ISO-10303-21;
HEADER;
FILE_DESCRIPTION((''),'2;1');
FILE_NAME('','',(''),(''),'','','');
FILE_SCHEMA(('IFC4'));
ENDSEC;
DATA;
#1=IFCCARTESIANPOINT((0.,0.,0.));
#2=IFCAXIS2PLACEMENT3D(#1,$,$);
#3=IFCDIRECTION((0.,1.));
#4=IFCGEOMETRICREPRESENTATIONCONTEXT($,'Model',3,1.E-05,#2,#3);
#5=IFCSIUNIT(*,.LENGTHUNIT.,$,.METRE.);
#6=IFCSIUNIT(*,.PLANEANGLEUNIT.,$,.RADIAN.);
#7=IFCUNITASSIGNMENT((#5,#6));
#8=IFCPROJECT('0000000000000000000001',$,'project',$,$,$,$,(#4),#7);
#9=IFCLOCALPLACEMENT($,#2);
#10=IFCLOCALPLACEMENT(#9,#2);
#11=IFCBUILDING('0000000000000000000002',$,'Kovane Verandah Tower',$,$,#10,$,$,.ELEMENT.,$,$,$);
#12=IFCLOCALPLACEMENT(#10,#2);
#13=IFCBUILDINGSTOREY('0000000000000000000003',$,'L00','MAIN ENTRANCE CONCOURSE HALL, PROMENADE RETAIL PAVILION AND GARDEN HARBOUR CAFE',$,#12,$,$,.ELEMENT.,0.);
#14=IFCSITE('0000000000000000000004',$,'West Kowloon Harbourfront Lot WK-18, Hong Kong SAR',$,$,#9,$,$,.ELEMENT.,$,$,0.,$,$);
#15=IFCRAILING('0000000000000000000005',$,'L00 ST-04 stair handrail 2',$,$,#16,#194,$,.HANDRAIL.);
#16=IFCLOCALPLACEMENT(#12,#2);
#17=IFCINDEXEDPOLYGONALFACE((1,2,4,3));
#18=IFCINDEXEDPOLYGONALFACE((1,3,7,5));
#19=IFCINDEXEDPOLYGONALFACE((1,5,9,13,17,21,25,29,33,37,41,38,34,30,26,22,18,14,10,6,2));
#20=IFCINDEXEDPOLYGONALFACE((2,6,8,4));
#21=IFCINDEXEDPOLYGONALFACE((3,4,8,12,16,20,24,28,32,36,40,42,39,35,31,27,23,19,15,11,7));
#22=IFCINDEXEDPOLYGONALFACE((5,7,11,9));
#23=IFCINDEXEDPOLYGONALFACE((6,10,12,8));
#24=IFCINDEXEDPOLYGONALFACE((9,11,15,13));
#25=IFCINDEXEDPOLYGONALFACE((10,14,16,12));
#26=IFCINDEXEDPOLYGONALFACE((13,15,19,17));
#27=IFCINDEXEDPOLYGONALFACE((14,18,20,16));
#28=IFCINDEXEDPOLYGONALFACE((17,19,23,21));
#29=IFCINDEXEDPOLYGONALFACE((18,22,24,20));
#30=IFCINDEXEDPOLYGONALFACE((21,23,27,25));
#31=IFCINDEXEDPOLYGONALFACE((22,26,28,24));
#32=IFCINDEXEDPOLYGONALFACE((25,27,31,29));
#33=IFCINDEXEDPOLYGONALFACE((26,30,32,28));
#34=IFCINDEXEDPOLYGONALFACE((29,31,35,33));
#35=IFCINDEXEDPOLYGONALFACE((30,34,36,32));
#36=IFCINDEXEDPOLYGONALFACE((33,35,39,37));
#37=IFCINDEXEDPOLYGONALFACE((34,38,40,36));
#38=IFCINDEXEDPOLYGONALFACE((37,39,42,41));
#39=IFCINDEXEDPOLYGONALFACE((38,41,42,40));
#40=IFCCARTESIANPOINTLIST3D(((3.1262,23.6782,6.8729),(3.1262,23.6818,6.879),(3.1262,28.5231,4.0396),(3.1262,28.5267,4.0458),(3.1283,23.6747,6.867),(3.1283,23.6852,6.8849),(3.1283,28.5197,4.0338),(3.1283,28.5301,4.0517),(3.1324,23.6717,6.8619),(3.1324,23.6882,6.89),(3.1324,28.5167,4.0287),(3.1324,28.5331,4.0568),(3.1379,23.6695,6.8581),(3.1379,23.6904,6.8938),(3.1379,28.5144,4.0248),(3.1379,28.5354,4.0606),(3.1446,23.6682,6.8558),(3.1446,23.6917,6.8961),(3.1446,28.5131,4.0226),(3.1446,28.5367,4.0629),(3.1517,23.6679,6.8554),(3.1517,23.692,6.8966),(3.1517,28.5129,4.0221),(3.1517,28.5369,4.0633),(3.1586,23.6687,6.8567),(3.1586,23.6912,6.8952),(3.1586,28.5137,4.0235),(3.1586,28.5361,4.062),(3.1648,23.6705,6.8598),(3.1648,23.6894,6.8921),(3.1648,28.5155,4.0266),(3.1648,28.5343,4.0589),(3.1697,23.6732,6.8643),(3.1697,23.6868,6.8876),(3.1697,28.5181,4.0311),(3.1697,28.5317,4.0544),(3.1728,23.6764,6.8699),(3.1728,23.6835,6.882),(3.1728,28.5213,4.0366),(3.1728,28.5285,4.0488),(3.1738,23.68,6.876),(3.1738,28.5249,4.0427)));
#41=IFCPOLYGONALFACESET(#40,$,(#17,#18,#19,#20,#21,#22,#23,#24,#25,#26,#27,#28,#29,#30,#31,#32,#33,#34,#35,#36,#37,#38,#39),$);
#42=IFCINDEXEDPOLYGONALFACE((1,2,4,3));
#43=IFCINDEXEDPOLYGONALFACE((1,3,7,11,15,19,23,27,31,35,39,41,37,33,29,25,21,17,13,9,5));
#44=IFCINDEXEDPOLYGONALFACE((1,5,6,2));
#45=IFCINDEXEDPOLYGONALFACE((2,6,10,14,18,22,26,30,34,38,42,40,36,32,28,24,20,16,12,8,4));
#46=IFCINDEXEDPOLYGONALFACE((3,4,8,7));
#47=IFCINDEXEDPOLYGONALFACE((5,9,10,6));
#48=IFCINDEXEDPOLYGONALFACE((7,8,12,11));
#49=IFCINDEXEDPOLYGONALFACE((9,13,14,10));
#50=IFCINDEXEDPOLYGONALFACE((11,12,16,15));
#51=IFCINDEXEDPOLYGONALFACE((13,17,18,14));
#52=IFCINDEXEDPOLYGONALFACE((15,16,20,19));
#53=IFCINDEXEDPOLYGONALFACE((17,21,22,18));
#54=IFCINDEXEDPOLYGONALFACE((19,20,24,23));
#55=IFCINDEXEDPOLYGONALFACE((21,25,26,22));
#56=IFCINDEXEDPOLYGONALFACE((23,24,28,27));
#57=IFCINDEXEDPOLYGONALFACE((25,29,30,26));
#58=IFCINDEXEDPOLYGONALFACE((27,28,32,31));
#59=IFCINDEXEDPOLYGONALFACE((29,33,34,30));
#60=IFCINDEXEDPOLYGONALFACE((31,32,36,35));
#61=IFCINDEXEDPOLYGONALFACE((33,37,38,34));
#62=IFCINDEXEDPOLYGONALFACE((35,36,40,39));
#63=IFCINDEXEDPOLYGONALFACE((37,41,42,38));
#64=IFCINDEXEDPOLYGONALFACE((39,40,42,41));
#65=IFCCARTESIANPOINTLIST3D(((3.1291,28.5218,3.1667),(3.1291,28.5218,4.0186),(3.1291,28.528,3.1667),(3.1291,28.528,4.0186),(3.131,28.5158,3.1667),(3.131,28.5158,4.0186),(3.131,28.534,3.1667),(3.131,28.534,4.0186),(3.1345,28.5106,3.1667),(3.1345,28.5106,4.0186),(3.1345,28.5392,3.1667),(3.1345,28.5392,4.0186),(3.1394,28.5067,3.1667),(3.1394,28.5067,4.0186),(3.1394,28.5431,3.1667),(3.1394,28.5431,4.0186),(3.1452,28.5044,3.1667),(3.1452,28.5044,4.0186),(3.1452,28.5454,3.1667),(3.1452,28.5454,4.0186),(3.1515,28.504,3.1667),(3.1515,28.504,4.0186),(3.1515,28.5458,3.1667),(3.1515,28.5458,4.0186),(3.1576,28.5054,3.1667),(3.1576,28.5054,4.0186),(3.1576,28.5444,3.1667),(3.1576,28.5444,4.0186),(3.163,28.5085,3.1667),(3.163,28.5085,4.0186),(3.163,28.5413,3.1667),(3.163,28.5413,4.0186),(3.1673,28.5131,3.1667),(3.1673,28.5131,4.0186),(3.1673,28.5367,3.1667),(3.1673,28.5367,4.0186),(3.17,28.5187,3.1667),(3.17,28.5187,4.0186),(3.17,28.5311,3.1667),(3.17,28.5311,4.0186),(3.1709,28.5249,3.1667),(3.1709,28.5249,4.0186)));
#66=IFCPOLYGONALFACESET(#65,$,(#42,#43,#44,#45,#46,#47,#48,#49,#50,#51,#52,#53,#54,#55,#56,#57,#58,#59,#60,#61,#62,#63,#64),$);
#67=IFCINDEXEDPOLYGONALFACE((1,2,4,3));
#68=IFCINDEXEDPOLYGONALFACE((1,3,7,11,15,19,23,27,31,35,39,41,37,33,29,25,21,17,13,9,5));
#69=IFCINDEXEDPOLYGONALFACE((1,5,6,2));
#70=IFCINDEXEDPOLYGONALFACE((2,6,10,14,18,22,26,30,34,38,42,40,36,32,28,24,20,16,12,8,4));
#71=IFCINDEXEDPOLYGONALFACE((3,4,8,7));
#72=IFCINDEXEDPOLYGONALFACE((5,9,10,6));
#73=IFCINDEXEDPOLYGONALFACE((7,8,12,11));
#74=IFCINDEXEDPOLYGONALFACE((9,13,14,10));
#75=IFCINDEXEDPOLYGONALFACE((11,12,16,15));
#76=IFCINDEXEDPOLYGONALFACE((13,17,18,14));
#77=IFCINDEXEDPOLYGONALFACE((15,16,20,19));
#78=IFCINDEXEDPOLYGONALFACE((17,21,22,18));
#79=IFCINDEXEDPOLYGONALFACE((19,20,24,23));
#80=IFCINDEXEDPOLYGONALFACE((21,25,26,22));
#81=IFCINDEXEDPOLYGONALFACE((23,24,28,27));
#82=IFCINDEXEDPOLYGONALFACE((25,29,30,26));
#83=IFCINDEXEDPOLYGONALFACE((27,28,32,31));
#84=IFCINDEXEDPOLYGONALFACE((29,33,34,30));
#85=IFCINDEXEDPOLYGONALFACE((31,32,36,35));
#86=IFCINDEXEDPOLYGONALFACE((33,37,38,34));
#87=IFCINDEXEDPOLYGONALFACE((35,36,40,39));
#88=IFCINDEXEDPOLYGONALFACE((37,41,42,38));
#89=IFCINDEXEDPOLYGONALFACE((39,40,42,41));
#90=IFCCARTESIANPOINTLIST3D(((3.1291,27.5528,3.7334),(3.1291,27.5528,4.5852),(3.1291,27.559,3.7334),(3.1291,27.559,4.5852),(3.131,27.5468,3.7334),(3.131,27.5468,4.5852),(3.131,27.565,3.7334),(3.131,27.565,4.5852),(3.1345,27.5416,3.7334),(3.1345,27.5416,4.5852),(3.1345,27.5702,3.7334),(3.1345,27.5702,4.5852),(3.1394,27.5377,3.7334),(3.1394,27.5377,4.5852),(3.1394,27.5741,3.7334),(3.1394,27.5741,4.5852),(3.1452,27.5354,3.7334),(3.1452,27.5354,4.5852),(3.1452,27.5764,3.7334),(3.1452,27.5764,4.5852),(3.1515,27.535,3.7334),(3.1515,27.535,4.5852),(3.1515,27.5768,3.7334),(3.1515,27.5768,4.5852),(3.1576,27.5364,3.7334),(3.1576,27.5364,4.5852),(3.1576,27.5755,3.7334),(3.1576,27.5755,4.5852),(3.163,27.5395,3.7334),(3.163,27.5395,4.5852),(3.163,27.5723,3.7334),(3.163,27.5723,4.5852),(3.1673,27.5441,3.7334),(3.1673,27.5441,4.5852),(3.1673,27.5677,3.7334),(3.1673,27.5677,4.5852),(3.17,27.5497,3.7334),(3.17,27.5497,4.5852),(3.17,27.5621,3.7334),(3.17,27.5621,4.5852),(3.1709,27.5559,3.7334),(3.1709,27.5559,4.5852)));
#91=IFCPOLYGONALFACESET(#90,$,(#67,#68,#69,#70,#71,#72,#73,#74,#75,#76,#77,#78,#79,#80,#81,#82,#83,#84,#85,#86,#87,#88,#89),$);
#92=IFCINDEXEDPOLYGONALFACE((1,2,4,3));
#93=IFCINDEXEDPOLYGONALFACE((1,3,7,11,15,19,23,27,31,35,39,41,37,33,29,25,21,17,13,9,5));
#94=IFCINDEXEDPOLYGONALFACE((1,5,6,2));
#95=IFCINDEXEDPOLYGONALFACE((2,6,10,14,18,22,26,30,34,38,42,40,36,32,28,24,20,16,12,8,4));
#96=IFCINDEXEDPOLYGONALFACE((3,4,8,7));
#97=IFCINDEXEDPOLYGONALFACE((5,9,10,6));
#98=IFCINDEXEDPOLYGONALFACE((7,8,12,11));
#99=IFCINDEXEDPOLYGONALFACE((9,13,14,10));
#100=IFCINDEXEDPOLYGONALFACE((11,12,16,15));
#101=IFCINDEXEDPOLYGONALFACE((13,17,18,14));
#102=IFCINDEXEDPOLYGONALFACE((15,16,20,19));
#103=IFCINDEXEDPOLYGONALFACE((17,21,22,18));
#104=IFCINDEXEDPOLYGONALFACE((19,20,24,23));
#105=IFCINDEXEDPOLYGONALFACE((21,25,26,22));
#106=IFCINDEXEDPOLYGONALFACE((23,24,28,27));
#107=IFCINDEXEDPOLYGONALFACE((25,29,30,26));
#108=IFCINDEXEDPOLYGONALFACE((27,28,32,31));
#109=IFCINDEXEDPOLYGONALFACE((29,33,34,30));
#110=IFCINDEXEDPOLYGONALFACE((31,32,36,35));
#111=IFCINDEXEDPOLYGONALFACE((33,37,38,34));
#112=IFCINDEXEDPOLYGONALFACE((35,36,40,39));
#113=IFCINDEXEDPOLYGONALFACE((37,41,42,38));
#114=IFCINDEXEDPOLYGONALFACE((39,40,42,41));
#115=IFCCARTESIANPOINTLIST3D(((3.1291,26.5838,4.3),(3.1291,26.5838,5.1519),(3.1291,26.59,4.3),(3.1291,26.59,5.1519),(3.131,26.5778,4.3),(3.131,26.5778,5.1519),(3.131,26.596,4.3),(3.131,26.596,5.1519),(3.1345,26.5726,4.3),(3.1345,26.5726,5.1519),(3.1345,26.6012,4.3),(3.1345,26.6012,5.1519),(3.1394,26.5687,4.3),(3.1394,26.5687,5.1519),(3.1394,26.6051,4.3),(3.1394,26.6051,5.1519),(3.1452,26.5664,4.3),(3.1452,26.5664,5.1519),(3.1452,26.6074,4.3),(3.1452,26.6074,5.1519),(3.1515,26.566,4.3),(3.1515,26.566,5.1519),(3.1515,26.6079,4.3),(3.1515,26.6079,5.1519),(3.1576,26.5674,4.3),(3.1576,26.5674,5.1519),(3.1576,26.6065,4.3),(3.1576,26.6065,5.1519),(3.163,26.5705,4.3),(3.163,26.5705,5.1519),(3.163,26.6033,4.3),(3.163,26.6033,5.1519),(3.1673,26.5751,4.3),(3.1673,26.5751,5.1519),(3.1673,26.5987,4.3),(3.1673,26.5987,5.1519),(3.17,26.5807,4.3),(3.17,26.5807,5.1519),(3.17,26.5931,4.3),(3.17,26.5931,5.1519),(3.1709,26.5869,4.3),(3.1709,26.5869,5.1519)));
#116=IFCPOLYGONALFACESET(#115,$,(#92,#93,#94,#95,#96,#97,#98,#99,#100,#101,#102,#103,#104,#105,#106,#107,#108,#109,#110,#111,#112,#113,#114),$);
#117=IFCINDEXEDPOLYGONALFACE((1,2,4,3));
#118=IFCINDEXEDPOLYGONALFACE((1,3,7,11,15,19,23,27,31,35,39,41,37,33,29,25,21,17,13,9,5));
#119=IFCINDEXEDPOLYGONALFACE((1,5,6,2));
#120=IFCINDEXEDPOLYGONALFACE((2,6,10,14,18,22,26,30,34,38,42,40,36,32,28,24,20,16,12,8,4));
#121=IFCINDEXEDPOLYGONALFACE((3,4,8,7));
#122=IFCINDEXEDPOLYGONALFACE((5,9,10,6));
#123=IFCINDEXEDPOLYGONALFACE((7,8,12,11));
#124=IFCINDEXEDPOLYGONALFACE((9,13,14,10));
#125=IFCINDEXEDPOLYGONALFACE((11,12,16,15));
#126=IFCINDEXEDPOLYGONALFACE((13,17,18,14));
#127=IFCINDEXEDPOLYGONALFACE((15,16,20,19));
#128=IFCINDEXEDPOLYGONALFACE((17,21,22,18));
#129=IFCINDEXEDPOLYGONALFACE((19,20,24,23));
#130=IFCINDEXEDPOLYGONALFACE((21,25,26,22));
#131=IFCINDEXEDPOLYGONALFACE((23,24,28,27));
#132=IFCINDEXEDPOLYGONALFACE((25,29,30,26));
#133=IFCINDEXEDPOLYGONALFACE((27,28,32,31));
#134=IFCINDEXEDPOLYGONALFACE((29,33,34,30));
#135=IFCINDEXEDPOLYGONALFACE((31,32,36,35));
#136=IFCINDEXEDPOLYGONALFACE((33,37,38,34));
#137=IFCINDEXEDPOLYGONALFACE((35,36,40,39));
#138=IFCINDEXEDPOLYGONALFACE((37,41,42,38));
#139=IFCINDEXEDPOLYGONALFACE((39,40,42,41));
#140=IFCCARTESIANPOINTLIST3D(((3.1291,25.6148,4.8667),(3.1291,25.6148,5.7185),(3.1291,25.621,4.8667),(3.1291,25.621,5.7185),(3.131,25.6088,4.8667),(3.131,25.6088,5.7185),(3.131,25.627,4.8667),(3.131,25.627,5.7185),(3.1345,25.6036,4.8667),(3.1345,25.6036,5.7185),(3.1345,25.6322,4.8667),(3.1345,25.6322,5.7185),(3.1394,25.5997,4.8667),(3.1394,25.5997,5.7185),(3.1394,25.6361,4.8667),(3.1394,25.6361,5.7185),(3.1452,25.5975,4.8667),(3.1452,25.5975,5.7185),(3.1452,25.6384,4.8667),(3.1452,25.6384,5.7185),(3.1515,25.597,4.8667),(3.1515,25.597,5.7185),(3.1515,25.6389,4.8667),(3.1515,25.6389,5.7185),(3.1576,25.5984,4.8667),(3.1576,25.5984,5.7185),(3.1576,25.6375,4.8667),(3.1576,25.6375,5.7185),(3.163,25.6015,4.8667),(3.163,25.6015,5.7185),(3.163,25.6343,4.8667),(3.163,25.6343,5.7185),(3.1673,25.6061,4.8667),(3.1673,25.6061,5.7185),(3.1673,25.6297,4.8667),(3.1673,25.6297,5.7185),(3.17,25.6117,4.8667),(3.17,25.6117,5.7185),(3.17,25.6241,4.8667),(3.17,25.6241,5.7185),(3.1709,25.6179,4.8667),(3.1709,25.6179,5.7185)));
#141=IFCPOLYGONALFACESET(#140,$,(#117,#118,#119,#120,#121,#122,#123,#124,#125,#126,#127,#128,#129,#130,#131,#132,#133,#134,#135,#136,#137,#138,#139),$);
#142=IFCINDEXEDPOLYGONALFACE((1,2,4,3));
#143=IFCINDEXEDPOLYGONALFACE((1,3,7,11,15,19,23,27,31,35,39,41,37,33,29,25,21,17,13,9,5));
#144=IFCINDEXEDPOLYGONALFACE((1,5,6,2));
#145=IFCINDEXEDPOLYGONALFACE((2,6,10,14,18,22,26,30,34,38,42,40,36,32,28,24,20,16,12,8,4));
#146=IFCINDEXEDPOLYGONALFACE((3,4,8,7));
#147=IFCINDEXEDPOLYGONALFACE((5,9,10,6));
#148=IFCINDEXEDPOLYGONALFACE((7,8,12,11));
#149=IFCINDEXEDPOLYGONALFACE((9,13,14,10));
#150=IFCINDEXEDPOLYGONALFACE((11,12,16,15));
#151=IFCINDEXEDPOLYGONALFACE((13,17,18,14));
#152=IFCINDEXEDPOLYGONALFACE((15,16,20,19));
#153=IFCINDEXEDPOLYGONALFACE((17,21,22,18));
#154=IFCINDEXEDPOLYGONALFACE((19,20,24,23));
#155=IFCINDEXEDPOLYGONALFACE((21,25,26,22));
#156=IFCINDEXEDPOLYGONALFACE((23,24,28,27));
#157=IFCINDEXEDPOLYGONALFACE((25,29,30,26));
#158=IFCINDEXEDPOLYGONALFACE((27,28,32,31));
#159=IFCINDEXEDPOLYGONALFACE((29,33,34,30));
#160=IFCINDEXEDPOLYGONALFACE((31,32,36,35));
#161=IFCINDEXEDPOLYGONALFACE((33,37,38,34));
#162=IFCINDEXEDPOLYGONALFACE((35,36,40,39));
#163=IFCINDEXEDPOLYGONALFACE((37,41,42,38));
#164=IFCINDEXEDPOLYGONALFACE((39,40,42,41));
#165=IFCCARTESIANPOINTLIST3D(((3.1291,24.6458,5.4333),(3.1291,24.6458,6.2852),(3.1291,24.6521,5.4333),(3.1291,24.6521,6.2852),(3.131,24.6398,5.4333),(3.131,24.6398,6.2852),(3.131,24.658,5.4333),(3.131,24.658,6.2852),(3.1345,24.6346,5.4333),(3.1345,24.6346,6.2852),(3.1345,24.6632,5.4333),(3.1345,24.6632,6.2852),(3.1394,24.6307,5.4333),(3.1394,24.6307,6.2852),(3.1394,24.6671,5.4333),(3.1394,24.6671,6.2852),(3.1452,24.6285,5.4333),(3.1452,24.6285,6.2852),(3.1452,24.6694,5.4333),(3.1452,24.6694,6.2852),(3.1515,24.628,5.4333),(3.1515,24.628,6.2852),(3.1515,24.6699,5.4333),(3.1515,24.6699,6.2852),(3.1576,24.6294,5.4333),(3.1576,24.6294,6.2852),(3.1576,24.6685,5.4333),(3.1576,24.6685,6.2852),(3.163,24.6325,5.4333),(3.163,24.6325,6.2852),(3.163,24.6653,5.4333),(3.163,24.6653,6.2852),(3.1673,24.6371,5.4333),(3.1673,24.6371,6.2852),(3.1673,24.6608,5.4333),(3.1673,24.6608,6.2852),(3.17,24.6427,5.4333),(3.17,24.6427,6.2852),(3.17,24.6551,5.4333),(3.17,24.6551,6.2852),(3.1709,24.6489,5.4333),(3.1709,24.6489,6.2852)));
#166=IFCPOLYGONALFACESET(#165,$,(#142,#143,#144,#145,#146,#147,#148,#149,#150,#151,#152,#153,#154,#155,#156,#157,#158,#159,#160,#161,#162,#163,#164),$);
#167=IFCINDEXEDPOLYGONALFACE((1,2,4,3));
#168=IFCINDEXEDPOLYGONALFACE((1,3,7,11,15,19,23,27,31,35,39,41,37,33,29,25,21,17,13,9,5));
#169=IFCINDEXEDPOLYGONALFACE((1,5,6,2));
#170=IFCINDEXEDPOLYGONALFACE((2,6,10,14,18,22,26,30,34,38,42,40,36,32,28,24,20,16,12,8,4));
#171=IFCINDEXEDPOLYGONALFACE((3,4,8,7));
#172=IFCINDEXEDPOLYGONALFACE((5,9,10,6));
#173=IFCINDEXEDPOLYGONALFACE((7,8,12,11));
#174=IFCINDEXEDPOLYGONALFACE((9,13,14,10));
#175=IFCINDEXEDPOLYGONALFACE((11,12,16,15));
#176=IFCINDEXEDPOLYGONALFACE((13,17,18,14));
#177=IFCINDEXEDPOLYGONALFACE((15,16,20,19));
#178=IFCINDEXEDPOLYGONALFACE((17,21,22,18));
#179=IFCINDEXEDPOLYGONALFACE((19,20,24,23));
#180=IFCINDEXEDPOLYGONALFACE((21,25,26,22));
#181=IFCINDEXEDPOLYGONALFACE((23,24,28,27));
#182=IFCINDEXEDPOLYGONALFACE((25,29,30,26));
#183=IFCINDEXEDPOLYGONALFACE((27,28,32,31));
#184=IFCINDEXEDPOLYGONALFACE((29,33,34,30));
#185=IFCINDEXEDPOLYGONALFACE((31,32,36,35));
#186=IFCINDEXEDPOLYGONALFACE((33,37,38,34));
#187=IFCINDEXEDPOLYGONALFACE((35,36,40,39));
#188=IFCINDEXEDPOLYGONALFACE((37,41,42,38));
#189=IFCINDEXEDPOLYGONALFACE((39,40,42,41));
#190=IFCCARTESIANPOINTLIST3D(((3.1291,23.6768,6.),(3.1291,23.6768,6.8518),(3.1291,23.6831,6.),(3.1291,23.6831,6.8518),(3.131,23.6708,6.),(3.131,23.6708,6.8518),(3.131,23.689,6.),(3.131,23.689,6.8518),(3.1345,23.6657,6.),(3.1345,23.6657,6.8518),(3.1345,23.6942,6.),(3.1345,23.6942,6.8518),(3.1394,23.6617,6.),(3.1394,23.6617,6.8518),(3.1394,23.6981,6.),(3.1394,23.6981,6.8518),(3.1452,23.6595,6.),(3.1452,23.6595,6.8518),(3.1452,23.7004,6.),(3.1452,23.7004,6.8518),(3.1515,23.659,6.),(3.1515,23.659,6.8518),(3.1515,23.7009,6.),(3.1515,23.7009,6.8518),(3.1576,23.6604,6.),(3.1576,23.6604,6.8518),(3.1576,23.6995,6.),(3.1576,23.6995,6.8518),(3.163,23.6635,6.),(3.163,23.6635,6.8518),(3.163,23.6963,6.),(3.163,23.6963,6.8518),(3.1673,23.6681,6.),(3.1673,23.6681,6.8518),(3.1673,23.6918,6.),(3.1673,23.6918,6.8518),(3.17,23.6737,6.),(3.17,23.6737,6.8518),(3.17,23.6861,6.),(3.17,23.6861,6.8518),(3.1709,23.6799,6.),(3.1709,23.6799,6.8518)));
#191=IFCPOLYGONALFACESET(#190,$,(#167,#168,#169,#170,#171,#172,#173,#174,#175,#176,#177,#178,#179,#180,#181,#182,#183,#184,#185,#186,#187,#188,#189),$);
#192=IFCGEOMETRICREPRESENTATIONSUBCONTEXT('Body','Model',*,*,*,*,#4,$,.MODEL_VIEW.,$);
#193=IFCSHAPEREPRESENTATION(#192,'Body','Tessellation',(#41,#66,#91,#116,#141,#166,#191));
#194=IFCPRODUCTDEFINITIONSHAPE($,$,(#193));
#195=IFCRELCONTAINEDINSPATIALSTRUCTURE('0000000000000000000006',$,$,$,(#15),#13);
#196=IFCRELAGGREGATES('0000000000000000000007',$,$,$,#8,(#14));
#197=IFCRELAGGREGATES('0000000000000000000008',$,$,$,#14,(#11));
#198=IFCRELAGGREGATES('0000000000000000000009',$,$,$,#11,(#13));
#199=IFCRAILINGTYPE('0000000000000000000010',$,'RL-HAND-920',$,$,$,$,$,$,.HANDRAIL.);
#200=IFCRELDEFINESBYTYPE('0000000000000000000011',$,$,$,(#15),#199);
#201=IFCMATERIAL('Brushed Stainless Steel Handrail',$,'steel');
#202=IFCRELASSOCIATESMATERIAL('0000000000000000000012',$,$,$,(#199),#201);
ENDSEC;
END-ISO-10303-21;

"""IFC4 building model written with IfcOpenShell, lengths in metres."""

from ifc_helpers import new_model, si_unit, direction, frame, origin, origin_2d, place, context, subcontext, project, spatial, circle, extrude, material, type_object, element, save


model = new_model("IFC4")

# Units and contexts
model_context = context("Model", 3, precision=1e-05, world=origin(), true_north=direction((0.0, 1.0)))
body_context = subcontext(model_context, "Body", "Model", "MODEL_VIEW")
ifc_project = project(units=[si_unit("LENGTHUNIT", "METRE"), si_unit("PLANEANGLEUNIT", "RADIAN")], contexts=[model_context])

# Site, building, storey
site_placement = place(None, origin())
site = spatial("IfcSite", under=ifc_project, at=site_placement, Name="West Kowloon Harbourfront Lot WK-18, Hong Kong SAR", CompositionType="ELEMENT", RefElevation=0.0)
building_placement = place(site_placement, origin())
building = spatial("IfcBuilding", under=site, at=building_placement, Name="Kovane Verandah Tower", CompositionType="ELEMENT")
storey_placement = place(building_placement, origin())
storey = spatial("IfcBuildingStorey", under=building, at=storey_placement, Name="L00", Description="MAIN ENTRANCE CONCOURSE HALL, PROMENADE RETAIL PAVILION AND GARDEN HARBOUR CAFE", CompositionType="ELEMENT", Elevation=0.0)

# Railing
ifc_material_1 = material(Name="Brushed Stainless Steel Handrail", Category="steel")
railing_type_1 = type_object("IfcRailingType", Name="RL-HAND-920", PredefinedType="HANDRAIL", material=ifc_material_1)
railing_1_placement = place(storey_placement, frame((3.1499, 28.5249, 3.1667)))
element("IfcRailing", 1, at=railing_1_placement, inside=storey, type_object=railing_type_1, Name="L00 ST-04 stair handrail 2", PredefinedType="HANDRAIL", context=body_context, shape_type="SweptSolid", body=[
    extrude(circle(Radius=0.0239, at=origin_2d()), frame((0.0, 0.0, 0.876), z_axis=(0.0, -0.863234, 0.504804), x_axis=(1.0, 0.0, 0.0)), (0.0, 0.0, 1.0), 5.6125),
    extrude(circle(Radius=0.021, at=origin_2d()), origin(), (0.0, 0.0, 1.0), 0.8518),
    extrude(circle(Radius=0.021, at=origin_2d()), frame((0.0, -0.969, 0.5667)), (0.0, 0.0, 1.0), 0.8518),
    extrude(circle(Radius=0.021, at=origin_2d()), frame((0.0, -1.938, 1.1333)), (0.0, 0.0, 1.0), 0.8518),
    extrude(circle(Radius=0.021, at=origin_2d()), frame((0.0, -2.907, 1.7)), (0.0, 0.0, 1.0), 0.8518),
    extrude(circle(Radius=0.021, at=origin_2d()), frame((0.0, -3.876, 2.2666)), (0.0, 0.0, 1.0), 0.8518),
    extrude(circle(Radius=0.021, at=origin_2d()), frame((0.0, -4.845, 2.8333)), (0.0, 0.0, 1.0), 0.8518),
])

save(model, "model.ifc")
